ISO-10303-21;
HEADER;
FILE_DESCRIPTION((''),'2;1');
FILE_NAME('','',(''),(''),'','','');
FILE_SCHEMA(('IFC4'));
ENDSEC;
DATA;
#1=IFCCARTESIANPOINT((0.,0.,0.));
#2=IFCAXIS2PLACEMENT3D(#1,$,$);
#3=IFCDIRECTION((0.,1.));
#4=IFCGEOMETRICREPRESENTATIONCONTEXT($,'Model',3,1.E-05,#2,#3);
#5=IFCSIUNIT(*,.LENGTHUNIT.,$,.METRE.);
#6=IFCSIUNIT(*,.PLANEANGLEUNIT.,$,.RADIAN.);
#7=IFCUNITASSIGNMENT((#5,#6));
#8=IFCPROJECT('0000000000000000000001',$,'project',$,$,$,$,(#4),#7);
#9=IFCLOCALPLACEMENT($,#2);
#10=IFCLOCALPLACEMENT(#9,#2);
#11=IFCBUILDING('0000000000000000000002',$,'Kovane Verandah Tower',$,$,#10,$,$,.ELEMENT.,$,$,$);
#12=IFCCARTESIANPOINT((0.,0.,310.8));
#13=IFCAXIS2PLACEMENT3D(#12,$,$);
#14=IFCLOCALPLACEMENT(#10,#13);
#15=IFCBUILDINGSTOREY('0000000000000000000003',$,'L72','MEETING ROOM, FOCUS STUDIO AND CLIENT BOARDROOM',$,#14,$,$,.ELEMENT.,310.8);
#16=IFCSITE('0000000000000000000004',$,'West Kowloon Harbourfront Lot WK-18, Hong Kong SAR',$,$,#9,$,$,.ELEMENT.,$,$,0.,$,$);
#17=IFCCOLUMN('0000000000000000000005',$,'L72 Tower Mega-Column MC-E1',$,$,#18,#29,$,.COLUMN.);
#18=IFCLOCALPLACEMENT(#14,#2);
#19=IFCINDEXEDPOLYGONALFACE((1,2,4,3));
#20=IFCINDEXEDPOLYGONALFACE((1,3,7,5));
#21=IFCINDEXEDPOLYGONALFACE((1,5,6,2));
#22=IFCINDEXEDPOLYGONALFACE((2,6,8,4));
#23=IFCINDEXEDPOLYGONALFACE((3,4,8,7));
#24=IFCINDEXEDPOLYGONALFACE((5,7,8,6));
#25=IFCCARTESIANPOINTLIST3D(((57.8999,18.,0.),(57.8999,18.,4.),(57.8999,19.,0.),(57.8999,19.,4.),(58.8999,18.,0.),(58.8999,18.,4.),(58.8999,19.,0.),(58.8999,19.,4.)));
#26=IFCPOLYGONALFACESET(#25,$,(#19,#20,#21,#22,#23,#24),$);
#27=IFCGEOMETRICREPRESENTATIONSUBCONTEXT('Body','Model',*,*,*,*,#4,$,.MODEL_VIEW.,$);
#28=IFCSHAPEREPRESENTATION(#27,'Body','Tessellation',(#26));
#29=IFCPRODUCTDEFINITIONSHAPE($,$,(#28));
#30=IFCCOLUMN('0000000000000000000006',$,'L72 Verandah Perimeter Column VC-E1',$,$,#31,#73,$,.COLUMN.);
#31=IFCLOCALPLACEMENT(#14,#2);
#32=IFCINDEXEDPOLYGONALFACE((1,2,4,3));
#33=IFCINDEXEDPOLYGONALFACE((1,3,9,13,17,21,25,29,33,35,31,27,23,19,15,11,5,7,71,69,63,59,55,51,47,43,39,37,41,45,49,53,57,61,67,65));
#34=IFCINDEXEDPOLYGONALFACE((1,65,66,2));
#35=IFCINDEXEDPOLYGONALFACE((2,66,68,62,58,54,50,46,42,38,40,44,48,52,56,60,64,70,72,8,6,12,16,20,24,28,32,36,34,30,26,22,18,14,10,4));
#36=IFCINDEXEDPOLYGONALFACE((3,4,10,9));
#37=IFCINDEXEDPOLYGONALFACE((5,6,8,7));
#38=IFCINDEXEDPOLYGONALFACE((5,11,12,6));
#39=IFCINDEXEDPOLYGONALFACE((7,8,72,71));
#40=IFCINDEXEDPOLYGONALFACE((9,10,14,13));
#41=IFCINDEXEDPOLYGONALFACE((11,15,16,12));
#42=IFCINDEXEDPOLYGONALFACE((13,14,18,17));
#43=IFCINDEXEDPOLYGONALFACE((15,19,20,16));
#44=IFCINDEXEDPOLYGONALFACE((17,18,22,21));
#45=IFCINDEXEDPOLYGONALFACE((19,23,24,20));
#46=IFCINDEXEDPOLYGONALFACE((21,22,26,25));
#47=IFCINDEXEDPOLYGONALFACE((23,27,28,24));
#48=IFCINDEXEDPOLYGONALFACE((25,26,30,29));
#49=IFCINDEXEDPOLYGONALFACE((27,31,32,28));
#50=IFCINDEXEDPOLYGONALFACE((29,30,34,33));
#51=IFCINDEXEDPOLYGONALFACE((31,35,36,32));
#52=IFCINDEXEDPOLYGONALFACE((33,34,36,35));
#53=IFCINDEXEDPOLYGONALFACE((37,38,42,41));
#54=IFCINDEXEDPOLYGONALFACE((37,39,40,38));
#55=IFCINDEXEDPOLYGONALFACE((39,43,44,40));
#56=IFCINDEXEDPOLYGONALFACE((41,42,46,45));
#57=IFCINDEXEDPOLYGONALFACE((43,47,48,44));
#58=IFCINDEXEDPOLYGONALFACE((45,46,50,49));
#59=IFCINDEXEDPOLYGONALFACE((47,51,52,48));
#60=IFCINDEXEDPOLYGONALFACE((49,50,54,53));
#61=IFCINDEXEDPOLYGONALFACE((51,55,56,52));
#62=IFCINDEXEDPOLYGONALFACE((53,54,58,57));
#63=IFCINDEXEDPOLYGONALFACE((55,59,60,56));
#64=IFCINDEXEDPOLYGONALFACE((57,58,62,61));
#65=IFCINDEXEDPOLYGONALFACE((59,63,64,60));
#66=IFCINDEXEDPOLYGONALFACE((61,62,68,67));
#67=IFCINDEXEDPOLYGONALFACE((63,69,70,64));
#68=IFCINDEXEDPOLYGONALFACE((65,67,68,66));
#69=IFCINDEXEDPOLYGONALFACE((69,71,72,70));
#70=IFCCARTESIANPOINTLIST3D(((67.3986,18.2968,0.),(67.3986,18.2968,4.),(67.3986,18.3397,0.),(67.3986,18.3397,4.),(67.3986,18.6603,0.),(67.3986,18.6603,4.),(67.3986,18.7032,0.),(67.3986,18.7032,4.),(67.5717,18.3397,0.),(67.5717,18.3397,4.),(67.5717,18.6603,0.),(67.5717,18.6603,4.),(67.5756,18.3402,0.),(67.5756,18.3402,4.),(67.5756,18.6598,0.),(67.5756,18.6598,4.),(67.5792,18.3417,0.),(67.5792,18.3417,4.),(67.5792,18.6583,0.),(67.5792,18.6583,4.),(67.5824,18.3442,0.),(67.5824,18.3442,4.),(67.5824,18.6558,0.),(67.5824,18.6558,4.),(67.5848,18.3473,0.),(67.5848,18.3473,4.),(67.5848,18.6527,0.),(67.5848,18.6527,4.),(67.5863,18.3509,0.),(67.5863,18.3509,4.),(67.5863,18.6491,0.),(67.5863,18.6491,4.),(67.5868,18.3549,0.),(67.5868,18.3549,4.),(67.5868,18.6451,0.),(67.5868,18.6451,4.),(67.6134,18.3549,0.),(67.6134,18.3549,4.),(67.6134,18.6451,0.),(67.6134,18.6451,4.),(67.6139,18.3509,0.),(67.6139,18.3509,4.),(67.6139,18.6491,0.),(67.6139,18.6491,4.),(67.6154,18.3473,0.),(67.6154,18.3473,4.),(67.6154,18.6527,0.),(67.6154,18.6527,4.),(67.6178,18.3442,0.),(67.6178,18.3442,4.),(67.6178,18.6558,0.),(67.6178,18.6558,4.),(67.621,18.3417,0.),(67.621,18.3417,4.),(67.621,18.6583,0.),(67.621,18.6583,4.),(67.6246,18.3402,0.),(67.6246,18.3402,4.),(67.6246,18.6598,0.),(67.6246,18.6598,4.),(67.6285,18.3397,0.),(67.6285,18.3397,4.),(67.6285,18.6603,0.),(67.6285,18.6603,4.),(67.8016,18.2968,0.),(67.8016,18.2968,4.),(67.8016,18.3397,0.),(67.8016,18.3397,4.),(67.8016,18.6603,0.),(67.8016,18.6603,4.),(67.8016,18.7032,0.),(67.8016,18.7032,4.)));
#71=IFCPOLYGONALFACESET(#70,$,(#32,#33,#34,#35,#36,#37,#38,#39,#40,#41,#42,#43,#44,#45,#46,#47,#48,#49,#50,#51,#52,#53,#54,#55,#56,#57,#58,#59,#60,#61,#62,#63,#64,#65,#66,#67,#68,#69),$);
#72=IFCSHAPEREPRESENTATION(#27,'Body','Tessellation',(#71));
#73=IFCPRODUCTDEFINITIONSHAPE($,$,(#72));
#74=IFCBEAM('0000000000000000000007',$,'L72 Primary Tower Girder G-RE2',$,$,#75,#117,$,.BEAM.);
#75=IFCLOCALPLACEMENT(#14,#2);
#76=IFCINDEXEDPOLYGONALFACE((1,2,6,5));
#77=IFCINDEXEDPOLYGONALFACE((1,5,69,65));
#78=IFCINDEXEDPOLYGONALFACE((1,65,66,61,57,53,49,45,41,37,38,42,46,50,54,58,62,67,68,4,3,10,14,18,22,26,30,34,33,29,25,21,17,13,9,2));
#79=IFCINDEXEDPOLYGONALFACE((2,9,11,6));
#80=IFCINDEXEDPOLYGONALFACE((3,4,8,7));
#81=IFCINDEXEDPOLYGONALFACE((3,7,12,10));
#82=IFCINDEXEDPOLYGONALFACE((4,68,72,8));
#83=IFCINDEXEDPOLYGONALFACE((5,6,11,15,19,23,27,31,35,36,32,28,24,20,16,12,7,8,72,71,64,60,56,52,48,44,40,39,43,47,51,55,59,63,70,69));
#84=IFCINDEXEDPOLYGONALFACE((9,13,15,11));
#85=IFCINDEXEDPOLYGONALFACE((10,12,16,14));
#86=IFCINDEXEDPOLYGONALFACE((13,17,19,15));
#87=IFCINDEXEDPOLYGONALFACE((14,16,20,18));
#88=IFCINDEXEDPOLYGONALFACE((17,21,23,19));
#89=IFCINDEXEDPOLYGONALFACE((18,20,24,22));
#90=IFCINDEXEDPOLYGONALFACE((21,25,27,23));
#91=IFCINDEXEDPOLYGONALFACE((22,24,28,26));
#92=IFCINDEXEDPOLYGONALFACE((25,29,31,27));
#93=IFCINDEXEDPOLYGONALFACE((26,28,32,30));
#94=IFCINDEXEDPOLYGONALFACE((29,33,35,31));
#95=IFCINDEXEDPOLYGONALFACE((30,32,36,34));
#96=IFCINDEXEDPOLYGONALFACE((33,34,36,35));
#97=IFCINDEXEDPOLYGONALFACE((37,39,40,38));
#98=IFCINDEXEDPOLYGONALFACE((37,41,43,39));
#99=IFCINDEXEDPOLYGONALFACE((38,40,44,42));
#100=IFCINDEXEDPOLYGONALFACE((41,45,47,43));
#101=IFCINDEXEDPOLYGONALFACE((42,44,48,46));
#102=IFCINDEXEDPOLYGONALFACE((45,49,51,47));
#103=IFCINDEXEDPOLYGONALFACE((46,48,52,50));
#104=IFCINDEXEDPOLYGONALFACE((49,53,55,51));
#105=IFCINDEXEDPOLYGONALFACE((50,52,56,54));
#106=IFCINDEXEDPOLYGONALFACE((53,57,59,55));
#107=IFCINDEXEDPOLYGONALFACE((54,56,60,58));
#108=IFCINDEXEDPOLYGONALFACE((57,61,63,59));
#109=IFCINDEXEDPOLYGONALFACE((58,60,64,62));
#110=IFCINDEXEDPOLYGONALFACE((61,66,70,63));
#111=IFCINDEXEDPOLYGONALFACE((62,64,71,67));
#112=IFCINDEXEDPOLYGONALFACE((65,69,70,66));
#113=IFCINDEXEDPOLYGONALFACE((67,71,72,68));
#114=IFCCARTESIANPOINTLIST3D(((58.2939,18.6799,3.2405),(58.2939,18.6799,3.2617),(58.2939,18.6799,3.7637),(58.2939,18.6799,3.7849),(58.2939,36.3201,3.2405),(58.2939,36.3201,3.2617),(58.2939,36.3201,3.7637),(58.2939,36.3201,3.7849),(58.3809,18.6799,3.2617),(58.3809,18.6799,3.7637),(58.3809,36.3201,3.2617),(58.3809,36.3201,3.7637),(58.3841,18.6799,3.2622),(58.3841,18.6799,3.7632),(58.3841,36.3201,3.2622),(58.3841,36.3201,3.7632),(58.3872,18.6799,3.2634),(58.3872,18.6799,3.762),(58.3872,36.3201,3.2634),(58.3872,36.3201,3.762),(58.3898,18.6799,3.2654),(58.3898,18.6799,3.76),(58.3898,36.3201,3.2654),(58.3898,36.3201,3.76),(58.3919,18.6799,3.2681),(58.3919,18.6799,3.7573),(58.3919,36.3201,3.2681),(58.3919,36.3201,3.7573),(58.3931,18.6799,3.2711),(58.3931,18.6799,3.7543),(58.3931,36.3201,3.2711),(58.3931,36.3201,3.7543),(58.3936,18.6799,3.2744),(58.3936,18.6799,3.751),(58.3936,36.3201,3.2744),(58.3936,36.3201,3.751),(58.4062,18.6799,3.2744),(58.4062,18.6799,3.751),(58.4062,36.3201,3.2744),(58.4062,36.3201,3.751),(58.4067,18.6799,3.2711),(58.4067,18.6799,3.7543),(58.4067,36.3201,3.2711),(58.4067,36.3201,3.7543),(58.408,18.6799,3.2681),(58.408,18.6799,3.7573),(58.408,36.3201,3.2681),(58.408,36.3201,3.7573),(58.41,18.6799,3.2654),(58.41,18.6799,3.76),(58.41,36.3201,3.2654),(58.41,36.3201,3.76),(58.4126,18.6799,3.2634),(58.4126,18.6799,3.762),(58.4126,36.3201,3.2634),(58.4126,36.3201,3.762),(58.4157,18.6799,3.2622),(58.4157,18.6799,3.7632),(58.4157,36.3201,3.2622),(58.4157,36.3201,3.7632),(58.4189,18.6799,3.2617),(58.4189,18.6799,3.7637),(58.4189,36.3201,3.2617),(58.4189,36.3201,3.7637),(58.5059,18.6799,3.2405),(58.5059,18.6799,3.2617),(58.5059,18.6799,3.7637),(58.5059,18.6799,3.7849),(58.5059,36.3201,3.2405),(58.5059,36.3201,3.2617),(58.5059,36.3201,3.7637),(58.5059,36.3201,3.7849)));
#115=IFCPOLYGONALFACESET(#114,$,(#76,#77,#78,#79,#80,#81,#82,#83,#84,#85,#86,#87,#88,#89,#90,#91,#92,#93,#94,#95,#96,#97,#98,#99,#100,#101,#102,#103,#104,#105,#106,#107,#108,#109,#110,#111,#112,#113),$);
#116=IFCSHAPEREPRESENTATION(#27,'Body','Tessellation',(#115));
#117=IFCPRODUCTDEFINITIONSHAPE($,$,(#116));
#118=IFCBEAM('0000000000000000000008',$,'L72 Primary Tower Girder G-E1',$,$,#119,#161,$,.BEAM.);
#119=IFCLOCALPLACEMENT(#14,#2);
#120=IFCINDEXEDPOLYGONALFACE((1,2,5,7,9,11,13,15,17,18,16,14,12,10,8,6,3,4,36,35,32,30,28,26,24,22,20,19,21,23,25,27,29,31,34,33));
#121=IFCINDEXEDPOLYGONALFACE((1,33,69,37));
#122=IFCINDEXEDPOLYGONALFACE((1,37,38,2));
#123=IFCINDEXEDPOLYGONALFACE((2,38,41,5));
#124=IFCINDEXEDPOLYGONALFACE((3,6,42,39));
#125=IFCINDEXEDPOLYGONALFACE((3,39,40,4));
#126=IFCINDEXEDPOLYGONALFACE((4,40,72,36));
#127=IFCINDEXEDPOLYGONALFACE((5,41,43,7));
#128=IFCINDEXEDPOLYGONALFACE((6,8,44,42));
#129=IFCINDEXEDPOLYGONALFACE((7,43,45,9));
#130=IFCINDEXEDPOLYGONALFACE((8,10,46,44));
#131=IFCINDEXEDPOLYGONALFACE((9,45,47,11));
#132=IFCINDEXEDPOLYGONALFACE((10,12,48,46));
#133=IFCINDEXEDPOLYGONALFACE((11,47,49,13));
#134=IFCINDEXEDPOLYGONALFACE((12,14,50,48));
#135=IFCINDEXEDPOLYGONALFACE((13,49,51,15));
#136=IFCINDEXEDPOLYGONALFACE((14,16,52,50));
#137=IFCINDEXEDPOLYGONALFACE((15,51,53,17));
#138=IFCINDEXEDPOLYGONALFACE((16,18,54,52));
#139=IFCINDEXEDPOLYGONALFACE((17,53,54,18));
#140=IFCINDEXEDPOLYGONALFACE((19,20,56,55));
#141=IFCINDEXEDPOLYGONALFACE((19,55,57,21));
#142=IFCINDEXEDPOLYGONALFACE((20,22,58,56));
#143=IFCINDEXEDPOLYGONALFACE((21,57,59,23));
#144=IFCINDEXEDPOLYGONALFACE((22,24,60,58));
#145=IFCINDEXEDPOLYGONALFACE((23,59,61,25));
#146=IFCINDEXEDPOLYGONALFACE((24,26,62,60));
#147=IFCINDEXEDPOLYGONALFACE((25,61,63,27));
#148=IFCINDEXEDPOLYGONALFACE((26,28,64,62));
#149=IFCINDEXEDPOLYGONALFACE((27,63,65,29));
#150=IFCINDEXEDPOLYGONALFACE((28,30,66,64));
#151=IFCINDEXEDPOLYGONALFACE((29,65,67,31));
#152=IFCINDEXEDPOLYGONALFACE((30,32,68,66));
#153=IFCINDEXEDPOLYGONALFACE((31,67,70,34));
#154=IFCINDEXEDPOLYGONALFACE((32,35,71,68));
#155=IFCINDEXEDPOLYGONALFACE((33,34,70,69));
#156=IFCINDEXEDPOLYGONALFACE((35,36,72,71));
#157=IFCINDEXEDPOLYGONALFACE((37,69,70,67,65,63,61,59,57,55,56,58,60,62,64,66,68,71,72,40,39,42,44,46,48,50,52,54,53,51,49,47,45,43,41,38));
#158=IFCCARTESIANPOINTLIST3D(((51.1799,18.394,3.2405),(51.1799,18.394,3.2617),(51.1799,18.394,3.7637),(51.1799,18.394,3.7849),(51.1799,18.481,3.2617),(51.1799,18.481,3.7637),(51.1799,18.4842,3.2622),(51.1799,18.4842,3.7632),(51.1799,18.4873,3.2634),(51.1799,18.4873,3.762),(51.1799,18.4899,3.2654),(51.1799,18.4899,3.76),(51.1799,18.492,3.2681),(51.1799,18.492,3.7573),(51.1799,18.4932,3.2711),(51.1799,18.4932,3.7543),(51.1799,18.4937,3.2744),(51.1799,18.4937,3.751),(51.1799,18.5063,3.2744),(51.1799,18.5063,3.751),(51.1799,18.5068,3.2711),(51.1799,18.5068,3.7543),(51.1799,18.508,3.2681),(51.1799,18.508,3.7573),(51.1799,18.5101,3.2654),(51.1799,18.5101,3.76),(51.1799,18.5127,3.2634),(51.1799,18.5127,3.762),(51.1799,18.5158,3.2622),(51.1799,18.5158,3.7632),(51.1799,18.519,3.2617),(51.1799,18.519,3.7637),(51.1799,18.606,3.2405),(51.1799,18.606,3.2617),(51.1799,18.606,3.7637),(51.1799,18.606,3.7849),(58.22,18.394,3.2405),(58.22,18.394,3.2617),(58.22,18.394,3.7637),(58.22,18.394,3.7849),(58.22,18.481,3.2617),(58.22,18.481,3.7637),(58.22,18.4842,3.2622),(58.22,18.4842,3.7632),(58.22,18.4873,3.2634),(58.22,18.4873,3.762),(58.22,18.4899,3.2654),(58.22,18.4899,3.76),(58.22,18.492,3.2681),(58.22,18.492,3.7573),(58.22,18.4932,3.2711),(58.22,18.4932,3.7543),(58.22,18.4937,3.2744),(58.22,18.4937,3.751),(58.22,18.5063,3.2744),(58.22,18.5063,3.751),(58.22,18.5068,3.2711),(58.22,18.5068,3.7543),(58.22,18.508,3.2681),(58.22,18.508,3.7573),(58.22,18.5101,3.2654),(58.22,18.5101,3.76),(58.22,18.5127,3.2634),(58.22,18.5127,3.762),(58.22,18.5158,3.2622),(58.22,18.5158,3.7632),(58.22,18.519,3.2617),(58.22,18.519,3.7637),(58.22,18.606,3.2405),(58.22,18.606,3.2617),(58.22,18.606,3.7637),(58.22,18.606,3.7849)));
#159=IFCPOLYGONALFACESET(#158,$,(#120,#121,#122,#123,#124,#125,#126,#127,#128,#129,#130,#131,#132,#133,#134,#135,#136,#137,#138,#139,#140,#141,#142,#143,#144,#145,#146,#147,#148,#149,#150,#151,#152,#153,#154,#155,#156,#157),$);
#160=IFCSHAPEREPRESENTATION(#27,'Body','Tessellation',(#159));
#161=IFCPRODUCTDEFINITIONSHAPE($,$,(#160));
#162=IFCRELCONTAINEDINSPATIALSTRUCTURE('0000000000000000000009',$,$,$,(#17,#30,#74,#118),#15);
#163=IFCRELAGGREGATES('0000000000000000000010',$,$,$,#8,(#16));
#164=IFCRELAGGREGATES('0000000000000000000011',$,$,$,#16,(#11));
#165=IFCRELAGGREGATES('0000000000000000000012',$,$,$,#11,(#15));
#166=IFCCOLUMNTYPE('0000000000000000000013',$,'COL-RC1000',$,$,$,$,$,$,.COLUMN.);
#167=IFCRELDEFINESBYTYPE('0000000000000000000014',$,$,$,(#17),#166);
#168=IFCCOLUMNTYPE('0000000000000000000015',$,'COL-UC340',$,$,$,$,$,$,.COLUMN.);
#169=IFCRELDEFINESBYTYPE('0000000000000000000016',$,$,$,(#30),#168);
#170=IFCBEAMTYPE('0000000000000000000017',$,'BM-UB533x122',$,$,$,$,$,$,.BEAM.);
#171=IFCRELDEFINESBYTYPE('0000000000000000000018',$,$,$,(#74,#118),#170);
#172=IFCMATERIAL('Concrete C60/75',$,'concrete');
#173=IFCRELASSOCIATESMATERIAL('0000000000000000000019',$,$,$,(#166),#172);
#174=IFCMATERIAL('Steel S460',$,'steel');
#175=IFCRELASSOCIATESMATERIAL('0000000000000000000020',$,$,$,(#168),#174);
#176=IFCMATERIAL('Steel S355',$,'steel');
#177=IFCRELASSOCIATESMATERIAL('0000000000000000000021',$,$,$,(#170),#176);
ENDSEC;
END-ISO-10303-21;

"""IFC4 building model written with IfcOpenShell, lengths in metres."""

from ifc_helpers import new_model, si_unit, direction, frame, origin, origin_2d, place, context, subcontext, project, spatial, rectangle, i_section, extrude, material, material_profile, profile_set, type_object, element, save


model = new_model("IFC4")

# Units and contexts
model_context = context("Model", 3, precision=1e-05, world=origin(), true_north=direction((0.0, 1.0)))
body_context = subcontext(model_context, "Body", "Model", "MODEL_VIEW")
ifc_project = project(units=[si_unit("LENGTHUNIT", "METRE"), si_unit("PLANEANGLEUNIT", "RADIAN")], contexts=[model_context])

# Site, building, storey
site_placement = place(None, origin())
site = spatial("IfcSite", under=ifc_project, at=site_placement, Name="West Kowloon Harbourfront Lot WK-18, Hong Kong SAR", CompositionType="ELEMENT", RefElevation=0.0)
building_placement = place(site_placement, origin())
building = spatial("IfcBuilding", under=site, at=building_placement, Name="Kovane Verandah Tower", CompositionType="ELEMENT")
storey_placement = place(building_placement, frame((0.0, 0.0, 310.8)))
storey = spatial("IfcBuildingStorey", under=building, at=storey_placement, Name="L72", Description="MEETING ROOM, FOCUS STUDIO AND CLIENT BOARDROOM", CompositionType="ELEMENT", Elevation=310.8)

# Columns
ifc_material_1 = material(Name="Concrete C60/75", Category="concrete")
ifc_material_profile_1 = material_profile(ifc_material_1, rectangle(XDim=1.0, YDim=1.0, at=origin_2d()), Name="RC1000x1000")
ifc_profile_set_1 = profile_set([ifc_material_profile_1], Name="Concrete C60/75")
column_type_1 = type_object("IfcColumnType", Name="COL-RC1000", PredefinedType="COLUMN", material=ifc_profile_set_1)
column_1_placement = place(storey_placement, frame((58.3999, 18.5, 0.0), z_axis=(0.0, 0.0, 1.0), x_axis=(1.0, 0.0, 0.0)))
element("IfcColumn", 1, at=column_1_placement, inside=storey, type_object=column_type_1, Name="L72 Tower Mega-Column MC-E1", PredefinedType="COLUMN", context=body_context, shape_type="SweptSolid", body=[
    extrude(rectangle(XDim=1.0, YDim=1.0, at=origin_2d()), origin(), (0.0, 0.0, 1.0), 4.0),
])
ifc_material_2 = material(Name="Steel S460", Category="steel")
ifc_material_profile_2 = material_profile(ifc_material_2, i_section(OverallWidth=0.4031, OverallDepth=0.4065, WebThickness=0.0266, FlangeThickness=0.043, FilletRadius=0.0151, at=origin_2d()), Name="UC356x406x340")
ifc_profile_set_2 = profile_set([ifc_material_profile_2], Name="Steel S460")
column_type_2 = type_object("IfcColumnType", Name="COL-UC340", PredefinedType="COLUMN", material=ifc_profile_set_2)
column_2_placement = place(storey_placement, frame((67.6001, 18.5, 0.0), z_axis=(0.0, 0.0, 1.0), x_axis=(1.0, 0.0, 0.0)))
element("IfcColumn", 2, at=column_2_placement, inside=storey, type_object=column_type_2, Name="L72 Verandah Perimeter Column VC-E1", PredefinedType="COLUMN", context=body_context, shape_type="SweptSolid", body=[
    extrude(i_section(OverallWidth=0.4031, OverallDepth=0.4065, WebThickness=0.0266, FlangeThickness=0.043, FilletRadius=0.0151, at=origin_2d()), origin(), (0.0, 0.0, 1.0), 4.0),
])

# Beams
ifc_material_3 = material(Name="Steel S355", Category="steel")
ifc_material_profile_3 = material_profile(ifc_material_3, i_section(OverallWidth=0.2119, OverallDepth=0.5444, WebThickness=0.0127, FlangeThickness=0.0212, FilletRadius=0.0127, at=origin_2d()), Name="UB533x210x122")
ifc_profile_set_3 = profile_set([ifc_material_profile_3], Name="Steel S355")
beam_type_1 = type_object("IfcBeamType", Name="BM-UB533x122", PredefinedType="BEAM", material=ifc_profile_set_3)
beam_1_placement = place(storey_placement, frame((58.3999, 18.6799, 3.5127), z_axis=(0.0, 1.0, 0.0), x_axis=(-1.0, 0.0, 0.0)))
element("IfcBeam", 3, at=beam_1_placement, inside=storey, type_object=beam_type_1, Name="L72 Primary Tower Girder G-RE2", PredefinedType="BEAM", context=body_context, shape_type="SweptSolid", body=[
    extrude(i_section(OverallWidth=0.2119, OverallDepth=0.5444, WebThickness=0.0127, FlangeThickness=0.0212, FilletRadius=0.0127, at=origin_2d()), origin(), (0.0, 0.0, 1.0), 17.6401),
])
beam_2_placement = place(storey_placement, frame((51.1799, 18.5, 3.5127), z_axis=(1.0, 0.0, 0.0), x_axis=(0.0, 1.0, 0.0)))
element("IfcBeam", 4, at=beam_2_placement, inside=storey, type_object=beam_type_1, Name="L72 Primary Tower Girder G-E1", PredefinedType="BEAM", context=body_context, shape_type="SweptSolid", body=[
    extrude(i_section(OverallWidth=0.2119, OverallDepth=0.5444, WebThickness=0.0127, FlangeThickness=0.0212, FilletRadius=0.0127, at=origin_2d()), origin(), (0.0, 0.0, 1.0), 7.04),
])

save(model, "model.ifc")
